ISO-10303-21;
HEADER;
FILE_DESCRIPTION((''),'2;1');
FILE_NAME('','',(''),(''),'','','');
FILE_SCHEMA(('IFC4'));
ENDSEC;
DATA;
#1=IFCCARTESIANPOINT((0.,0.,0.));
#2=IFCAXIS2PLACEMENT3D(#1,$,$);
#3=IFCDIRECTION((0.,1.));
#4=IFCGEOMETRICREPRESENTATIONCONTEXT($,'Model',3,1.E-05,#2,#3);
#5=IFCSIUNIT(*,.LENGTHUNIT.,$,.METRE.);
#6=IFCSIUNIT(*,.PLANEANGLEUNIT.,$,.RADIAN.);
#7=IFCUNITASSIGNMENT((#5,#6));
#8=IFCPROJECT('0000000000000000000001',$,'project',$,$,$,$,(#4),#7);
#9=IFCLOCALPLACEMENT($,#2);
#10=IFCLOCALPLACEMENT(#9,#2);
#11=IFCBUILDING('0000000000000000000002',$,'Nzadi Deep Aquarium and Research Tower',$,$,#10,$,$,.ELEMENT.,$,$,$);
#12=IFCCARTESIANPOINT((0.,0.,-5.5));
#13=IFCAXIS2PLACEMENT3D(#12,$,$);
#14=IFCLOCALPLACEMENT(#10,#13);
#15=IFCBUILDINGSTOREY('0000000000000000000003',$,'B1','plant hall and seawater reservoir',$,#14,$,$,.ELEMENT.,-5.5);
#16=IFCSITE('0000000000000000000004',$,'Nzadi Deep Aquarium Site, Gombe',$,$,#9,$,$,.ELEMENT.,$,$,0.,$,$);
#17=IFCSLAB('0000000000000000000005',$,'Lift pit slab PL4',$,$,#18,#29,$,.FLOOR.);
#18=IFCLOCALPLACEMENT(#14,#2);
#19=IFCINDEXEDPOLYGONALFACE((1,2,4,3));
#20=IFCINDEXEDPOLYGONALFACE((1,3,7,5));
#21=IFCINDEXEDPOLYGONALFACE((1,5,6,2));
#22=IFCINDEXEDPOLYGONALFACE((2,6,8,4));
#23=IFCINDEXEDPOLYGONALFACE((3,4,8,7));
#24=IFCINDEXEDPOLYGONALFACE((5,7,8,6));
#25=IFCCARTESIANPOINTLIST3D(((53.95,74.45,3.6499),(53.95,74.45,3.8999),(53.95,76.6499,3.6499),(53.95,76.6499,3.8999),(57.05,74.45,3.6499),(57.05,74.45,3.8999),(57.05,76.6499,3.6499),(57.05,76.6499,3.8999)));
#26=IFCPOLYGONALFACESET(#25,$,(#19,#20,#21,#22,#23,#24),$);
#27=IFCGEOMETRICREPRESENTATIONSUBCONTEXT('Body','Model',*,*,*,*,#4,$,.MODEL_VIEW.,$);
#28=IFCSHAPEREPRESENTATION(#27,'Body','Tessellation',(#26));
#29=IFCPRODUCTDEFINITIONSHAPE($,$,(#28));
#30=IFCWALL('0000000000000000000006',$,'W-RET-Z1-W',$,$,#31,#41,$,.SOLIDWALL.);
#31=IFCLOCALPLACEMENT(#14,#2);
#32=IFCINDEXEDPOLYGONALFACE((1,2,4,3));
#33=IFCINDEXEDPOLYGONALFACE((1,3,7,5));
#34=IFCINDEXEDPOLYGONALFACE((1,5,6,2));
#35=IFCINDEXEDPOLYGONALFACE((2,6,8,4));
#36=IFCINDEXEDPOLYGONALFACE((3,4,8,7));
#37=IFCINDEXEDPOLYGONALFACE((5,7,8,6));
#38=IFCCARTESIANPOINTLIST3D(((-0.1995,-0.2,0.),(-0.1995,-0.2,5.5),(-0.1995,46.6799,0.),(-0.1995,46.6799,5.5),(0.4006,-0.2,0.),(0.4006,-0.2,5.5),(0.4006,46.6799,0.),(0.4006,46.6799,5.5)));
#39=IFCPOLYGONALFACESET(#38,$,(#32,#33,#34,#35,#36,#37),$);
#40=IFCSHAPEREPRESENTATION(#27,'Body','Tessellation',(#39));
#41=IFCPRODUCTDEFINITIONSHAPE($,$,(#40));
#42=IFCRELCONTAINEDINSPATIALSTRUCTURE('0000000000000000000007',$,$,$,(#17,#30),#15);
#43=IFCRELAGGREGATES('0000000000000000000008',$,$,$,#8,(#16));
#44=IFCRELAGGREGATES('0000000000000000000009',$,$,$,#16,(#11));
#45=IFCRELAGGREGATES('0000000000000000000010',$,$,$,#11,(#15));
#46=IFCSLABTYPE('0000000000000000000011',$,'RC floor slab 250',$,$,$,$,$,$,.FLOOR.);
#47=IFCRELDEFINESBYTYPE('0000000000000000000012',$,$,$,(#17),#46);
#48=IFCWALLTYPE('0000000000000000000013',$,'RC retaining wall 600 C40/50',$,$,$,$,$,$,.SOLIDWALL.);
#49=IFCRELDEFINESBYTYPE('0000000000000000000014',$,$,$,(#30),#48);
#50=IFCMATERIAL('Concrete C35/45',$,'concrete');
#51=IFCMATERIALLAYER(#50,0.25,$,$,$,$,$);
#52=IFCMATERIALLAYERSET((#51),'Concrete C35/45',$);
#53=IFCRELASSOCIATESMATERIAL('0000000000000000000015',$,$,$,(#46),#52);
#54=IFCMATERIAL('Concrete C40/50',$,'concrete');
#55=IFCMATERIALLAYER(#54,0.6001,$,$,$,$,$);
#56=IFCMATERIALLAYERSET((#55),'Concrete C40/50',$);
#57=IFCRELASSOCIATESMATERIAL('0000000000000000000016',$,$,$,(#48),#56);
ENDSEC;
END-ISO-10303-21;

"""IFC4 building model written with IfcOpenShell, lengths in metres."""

from ifc_helpers import new_model, si_unit, direction, frame, frame_2d, origin, place, context, subcontext, project, spatial, polyline, rectangle, outline, extrude, material, layer, layer_set, type_object, element, save


model = new_model("IFC4")

# Units and contexts
model_context = context("Model", 3, precision=1e-05, world=origin(), true_north=direction((0.0, 1.0)))
body_context = subcontext(model_context, "Body", "Model", "MODEL_VIEW")
ifc_project = project(units=[si_unit("LENGTHUNIT", "METRE"), si_unit("PLANEANGLEUNIT", "RADIAN")], contexts=[model_context])

# Site, building, storey
site_placement = place(None, origin())
site = spatial("IfcSite", under=ifc_project, at=site_placement, Name="Nzadi Deep Aquarium Site, Gombe", CompositionType="ELEMENT", RefElevation=0.0)
building_placement = place(site_placement, origin())
building = spatial("IfcBuilding", under=site, at=building_placement, Name="Nzadi Deep Aquarium and Research Tower", CompositionType="ELEMENT")
storey_placement = place(building_placement, frame((0.0, 0.0, -5.5)))
storey = spatial("IfcBuildingStorey", under=building, at=storey_placement, Name="B1", Description="plant hall and seawater reservoir", CompositionType="ELEMENT", Elevation=-5.5)

# Slab
ifc_material_1 = material(Name="Concrete C35/45", Category="concrete")
ifc_layer_1 = layer(ifc_material_1, 0.25)
ifc_layer_set_1 = layer_set([ifc_layer_1], Name="Concrete C35/45")
slab_type_1 = type_object("IfcSlabType", Name="RC floor slab 250", PredefinedType="FLOOR", material=ifc_layer_set_1)
slab_1_placement = place(storey_placement, frame((0.0, 0.0, 3.6499)))
element("IfcSlab", 1, at=slab_1_placement, inside=storey, type_object=slab_type_1, Name="Lift pit slab PL4", PredefinedType="FLOOR", context=body_context, shape_type="SweptSolid", body=[
    extrude(outline(polyline([(53.95, 74.45), (57.05, 74.45), (57.05, 76.6499), (53.95, 76.6499), (53.95, 74.45)])), origin(), (0.0, 0.0, 1.0), 0.25),
])

# Wall
ifc_material_2 = material(Name="Concrete C40/50", Category="concrete")
ifc_layer_2 = layer(ifc_material_2, 0.6001)
ifc_layer_set_2 = layer_set([ifc_layer_2], Name="Concrete C40/50")
wall_type = type_object("IfcWallType", Name="RC retaining wall 600 C40/50", PredefinedType="SOLIDWALL", material=ifc_layer_set_2)
wall_placement = place(storey_placement, frame((0.1006, -0.2, 0.0), z_axis=(0.0, 0.0, 1.0), x_axis=(0.0, 1.0, 0.0)))
element("IfcWall", 2, at=wall_placement, inside=storey, type_object=wall_type, Name="W-RET-Z1-W", PredefinedType="SOLIDWALL", context=body_context, shape_type="SweptSolid", body=[
    extrude(rectangle(XDim=46.8799, YDim=0.6001, at=frame_2d((23.4399, 0.0))), origin(), (0.0, 0.0, 1.0), 5.5),
])

save(model, "model.ifc")
